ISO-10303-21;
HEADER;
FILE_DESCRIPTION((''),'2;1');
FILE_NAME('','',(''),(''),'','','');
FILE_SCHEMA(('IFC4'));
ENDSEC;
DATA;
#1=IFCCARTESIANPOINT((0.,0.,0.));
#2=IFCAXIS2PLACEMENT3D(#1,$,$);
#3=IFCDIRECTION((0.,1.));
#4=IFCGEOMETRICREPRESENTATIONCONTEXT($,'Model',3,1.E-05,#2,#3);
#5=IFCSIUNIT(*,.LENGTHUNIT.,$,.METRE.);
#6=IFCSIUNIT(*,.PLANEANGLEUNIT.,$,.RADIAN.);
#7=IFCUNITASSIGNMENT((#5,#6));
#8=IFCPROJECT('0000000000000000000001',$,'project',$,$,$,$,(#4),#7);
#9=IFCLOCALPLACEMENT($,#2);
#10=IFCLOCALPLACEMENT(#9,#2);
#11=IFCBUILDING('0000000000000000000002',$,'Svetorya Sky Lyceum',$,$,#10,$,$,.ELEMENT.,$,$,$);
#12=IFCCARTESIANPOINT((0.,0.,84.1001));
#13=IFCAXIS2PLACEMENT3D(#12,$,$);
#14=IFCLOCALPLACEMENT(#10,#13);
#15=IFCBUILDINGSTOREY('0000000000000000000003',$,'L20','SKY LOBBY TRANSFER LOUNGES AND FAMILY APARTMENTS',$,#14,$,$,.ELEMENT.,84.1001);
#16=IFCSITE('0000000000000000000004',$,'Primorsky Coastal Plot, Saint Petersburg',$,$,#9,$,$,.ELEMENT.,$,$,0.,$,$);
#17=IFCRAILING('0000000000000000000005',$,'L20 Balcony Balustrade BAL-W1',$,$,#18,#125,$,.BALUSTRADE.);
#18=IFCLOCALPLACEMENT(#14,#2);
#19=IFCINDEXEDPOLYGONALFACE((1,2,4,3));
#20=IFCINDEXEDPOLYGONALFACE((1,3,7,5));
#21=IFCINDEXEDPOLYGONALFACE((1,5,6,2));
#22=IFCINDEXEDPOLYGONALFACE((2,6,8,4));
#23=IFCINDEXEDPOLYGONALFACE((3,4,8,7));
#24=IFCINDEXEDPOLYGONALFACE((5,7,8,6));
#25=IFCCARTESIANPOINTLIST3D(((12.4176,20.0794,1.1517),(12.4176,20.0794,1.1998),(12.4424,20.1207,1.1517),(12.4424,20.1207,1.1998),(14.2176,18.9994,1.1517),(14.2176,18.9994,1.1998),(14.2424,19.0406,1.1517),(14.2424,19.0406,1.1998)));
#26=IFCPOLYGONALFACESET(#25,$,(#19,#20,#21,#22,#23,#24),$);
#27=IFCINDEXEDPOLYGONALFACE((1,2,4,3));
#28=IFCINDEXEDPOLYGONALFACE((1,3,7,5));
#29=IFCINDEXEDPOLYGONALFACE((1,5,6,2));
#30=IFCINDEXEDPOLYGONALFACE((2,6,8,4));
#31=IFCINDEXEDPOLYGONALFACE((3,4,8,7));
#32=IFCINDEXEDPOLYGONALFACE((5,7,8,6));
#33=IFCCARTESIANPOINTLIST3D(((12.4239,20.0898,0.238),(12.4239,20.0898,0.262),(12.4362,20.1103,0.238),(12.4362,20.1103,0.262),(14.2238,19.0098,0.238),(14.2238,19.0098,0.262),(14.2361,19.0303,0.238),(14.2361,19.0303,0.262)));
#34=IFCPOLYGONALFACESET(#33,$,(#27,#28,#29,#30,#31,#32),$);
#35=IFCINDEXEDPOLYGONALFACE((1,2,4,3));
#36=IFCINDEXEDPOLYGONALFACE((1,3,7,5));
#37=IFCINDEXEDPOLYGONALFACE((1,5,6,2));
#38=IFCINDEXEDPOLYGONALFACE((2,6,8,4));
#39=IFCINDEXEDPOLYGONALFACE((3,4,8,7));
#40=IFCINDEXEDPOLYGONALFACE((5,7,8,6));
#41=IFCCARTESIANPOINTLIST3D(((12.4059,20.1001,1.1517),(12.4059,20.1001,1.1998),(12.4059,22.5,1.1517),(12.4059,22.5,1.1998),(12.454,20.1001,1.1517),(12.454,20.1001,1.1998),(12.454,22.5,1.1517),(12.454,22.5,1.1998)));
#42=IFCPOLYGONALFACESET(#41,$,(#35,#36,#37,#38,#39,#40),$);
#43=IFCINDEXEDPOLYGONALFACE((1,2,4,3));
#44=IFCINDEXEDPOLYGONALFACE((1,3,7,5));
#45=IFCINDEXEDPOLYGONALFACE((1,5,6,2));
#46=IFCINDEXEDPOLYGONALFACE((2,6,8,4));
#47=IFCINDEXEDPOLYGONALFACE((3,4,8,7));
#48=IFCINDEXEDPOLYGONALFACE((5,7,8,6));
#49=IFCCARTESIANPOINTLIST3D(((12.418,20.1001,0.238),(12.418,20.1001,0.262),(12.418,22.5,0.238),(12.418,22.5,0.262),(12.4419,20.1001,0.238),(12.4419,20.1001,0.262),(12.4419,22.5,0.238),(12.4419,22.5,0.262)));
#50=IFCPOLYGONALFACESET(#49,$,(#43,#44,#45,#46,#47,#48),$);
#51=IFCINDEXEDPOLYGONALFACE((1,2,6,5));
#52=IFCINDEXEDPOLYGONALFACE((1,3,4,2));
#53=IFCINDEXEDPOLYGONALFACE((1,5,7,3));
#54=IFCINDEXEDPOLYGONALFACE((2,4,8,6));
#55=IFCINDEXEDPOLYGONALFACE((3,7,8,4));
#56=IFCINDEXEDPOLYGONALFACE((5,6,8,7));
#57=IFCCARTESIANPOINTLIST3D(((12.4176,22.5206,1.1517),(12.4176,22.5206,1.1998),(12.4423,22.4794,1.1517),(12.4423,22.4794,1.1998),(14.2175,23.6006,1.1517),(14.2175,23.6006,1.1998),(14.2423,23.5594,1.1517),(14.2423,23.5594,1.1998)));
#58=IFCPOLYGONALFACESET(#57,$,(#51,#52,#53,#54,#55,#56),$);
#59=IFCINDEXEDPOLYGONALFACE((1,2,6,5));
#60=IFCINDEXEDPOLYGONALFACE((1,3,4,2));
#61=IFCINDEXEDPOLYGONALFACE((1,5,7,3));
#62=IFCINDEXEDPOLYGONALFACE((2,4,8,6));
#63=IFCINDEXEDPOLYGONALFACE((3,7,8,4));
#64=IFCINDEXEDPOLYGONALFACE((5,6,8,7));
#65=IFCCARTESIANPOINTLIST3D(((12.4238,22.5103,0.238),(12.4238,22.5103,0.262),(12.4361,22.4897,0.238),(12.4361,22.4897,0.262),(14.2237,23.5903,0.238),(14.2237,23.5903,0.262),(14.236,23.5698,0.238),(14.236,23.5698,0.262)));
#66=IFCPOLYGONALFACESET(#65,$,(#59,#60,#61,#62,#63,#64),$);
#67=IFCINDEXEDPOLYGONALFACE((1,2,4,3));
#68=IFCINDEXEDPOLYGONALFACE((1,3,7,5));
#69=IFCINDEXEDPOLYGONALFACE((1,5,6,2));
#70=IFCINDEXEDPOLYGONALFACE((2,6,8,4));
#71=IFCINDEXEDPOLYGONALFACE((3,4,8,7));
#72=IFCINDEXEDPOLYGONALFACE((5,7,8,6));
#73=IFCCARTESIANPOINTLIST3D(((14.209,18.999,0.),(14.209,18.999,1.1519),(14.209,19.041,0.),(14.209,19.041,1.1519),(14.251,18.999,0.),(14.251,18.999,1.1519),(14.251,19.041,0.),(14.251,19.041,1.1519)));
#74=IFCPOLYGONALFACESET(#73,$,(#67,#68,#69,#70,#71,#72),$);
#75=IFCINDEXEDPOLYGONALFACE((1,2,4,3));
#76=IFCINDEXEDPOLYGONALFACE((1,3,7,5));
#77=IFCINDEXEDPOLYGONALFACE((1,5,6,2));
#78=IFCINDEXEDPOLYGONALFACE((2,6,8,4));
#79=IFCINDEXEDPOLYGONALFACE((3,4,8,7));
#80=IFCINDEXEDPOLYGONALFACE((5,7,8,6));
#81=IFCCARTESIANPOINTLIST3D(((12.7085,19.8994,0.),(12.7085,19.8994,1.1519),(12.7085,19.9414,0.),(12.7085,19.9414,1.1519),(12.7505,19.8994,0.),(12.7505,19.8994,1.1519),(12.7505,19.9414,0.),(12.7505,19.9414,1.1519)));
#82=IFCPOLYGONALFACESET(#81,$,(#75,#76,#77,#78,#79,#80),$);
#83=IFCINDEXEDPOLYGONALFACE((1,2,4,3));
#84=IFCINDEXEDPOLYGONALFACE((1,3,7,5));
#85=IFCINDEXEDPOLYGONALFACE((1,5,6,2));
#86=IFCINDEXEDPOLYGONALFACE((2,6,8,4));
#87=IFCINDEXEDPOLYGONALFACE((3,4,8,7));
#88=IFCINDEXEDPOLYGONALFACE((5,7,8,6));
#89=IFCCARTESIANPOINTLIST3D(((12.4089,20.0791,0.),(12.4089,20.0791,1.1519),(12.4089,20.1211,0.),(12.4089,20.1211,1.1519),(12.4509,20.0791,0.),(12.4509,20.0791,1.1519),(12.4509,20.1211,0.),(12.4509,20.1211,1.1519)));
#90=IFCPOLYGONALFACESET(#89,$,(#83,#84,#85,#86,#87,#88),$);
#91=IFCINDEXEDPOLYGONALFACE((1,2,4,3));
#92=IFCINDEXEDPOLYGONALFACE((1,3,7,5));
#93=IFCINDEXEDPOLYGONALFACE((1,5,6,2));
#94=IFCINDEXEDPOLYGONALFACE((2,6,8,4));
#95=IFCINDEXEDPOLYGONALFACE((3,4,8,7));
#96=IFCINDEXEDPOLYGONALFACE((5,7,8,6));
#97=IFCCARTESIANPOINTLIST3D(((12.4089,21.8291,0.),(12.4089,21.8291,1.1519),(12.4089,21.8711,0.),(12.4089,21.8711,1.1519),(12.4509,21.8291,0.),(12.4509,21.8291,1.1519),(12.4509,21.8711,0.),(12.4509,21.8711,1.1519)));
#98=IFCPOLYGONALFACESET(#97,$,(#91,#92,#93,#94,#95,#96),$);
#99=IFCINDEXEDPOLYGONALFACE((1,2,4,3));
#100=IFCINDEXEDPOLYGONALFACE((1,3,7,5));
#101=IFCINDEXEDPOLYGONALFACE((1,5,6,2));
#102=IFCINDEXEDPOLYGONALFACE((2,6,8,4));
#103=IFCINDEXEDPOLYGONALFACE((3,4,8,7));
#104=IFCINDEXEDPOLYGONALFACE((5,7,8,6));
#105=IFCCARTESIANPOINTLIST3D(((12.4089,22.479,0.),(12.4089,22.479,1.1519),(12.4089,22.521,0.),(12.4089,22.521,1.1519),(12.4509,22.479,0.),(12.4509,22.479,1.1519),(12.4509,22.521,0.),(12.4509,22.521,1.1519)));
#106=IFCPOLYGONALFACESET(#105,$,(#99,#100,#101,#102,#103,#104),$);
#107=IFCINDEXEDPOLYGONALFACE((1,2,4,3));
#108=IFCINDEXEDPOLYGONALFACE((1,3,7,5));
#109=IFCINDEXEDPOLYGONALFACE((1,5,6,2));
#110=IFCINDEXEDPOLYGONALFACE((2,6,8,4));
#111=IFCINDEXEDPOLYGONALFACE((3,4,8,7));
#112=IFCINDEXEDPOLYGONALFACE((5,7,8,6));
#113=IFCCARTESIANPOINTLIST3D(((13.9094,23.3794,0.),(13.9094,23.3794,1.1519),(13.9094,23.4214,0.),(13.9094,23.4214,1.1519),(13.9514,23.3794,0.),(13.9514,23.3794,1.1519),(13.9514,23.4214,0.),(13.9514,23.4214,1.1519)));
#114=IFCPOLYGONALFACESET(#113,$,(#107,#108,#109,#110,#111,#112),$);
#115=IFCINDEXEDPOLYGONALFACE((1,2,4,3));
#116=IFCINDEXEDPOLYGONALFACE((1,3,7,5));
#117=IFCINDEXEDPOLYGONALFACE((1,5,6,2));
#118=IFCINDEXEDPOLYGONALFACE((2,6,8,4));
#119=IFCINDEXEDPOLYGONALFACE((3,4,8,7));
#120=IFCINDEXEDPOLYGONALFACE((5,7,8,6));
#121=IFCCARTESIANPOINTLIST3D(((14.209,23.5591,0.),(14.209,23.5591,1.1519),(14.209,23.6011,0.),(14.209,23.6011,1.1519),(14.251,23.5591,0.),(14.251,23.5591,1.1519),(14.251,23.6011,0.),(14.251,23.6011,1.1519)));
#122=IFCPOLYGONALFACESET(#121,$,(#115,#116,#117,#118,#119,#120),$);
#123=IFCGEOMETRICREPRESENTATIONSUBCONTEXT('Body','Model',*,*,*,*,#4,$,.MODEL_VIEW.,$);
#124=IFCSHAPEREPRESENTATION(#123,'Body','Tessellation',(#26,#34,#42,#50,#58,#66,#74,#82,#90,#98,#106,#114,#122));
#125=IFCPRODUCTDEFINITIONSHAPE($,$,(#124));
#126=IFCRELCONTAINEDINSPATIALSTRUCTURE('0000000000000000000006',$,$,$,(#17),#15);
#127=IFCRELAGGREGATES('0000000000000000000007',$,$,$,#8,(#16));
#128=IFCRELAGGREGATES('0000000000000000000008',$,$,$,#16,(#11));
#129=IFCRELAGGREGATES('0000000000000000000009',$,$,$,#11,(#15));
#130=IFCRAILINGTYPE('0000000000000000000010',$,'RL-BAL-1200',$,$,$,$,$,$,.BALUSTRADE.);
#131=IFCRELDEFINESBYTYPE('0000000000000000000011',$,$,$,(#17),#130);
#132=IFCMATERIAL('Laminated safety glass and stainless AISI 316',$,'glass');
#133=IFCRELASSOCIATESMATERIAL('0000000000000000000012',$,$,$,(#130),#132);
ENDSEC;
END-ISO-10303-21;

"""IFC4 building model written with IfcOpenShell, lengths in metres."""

from ifc_helpers import new_model, si_unit, direction, frame, origin, origin_2d, place, context, subcontext, project, spatial, rectangle, extrude, material, type_object, element, save


model = new_model("IFC4")

# Units and contexts
model_context = context("Model", 3, precision=1e-05, world=origin(), true_north=direction((0.0, 1.0)))
body_context = subcontext(model_context, "Body", "Model", "MODEL_VIEW")
ifc_project = project(units=[si_unit("LENGTHUNIT", "METRE"), si_unit("PLANEANGLEUNIT", "RADIAN")], contexts=[model_context])

# Site, building, storey
site_placement = place(None, origin())
site = spatial("IfcSite", under=ifc_project, at=site_placement, Name="Primorsky Coastal Plot, Saint Petersburg", CompositionType="ELEMENT", RefElevation=0.0)
building_placement = place(site_placement, origin())
building = spatial("IfcBuilding", under=site, at=building_placement, Name="Svetorya Sky Lyceum", CompositionType="ELEMENT")
storey_placement = place(building_placement, frame((0.0, 0.0, 84.1001)))
storey = spatial("IfcBuildingStorey", under=building, at=storey_placement, Name="L20", Description="SKY LOBBY TRANSFER LOUNGES AND FAMILY APARTMENTS", CompositionType="ELEMENT", Elevation=84.1001)

# Railing
ifc_material_1 = material(Name="Laminated safety glass and stainless AISI 316", Category="glass")
railing_type = type_object("IfcRailingType", Name="RL-BAL-1200", PredefinedType="BALUSTRADE", material=ifc_material_1)
railing_placement = place(storey_placement, frame((14.23, 19.02, 0.0)))
element("IfcRailing", 1, at=railing_placement, inside=storey, type_object=railing_type, Name="L20 Balcony Balustrade BAL-W1", PredefinedType="BALUSTRADE", context=body_context, shape_type="SweptSolid", body=[
    extrude(rectangle(XDim=0.0481, YDim=0.0481, at=origin_2d()), frame((0.0, 0.0, 1.1758), z_axis=(-0.857483, 0.514513, 0.0), x_axis=(-0.514513, -0.857483, 0.0)), (0.0, 0.0, 1.0), 2.0991),
    extrude(rectangle(XDim=0.0239, YDim=0.0239, at=origin_2d()), frame((0.0, 0.0, 0.25), z_axis=(-0.857483, 0.514513, 0.0), x_axis=(-0.514513, -0.857483, 0.0)), (0.0, 0.0, 1.0), 2.0991),
    extrude(rectangle(XDim=0.0481, YDim=0.0481, at=origin_2d()), frame((-1.8, 1.0801, 1.1758), z_axis=(0.0, 1.0, 0.0), x_axis=(-1.0, 0.0, 0.0)), (0.0, 0.0, 1.0), 2.3999),
    extrude(rectangle(XDim=0.0239, YDim=0.0239, at=origin_2d()), frame((-1.8, 1.0801, 0.25), z_axis=(0.0, 1.0, 0.0), x_axis=(-1.0, 0.0, 0.0)), (0.0, 0.0, 1.0), 2.3999),
    extrude(rectangle(XDim=0.0481, YDim=0.0481, at=origin_2d()), frame((-1.8, 3.48, 1.1758), z_axis=(0.857483, 0.514513, 0.0), x_axis=(-0.514513, 0.857483, 0.0)), (0.0, 0.0, 1.0), 2.0991),
    extrude(rectangle(XDim=0.0239, YDim=0.0239, at=origin_2d()), frame((-1.8, 3.48, 0.25), z_axis=(0.857483, 0.514513, 0.0), x_axis=(-0.514513, 0.857483, 0.0)), (0.0, 0.0, 1.0), 2.0991),
    extrude(rectangle(XDim=0.042, YDim=0.042, at=origin_2d()), origin(), (0.0, 0.0, 1.0), 1.1519),
    extrude(rectangle(XDim=0.042, YDim=0.042, at=origin_2d()), frame((-1.5005, 0.9004, 0.0)), (0.0, 0.0, 1.0), 1.1519),
    extrude(rectangle(XDim=0.042, YDim=0.042, at=origin_2d()), frame((-1.8, 1.0801, 0.0)), (0.0, 0.0, 1.0), 1.1519),
    extrude(rectangle(XDim=0.042, YDim=0.042, at=origin_2d()), frame((-1.8, 2.8301, 0.0)), (0.0, 0.0, 1.0), 1.1519),
    extrude(rectangle(XDim=0.042, YDim=0.042, at=origin_2d()), frame((-1.8, 3.48, 0.0)), (0.0, 0.0, 1.0), 1.1519),
    extrude(rectangle(XDim=0.042, YDim=0.042, at=origin_2d()), frame((-0.2996, 4.3804, 0.0)), (0.0, 0.0, 1.0), 1.1519),
    extrude(rectangle(XDim=0.042, YDim=0.042, at=origin_2d()), frame((0.0, 4.5601, 0.0)), (0.0, 0.0, 1.0), 1.1519),
])

save(model, "model.ifc")
